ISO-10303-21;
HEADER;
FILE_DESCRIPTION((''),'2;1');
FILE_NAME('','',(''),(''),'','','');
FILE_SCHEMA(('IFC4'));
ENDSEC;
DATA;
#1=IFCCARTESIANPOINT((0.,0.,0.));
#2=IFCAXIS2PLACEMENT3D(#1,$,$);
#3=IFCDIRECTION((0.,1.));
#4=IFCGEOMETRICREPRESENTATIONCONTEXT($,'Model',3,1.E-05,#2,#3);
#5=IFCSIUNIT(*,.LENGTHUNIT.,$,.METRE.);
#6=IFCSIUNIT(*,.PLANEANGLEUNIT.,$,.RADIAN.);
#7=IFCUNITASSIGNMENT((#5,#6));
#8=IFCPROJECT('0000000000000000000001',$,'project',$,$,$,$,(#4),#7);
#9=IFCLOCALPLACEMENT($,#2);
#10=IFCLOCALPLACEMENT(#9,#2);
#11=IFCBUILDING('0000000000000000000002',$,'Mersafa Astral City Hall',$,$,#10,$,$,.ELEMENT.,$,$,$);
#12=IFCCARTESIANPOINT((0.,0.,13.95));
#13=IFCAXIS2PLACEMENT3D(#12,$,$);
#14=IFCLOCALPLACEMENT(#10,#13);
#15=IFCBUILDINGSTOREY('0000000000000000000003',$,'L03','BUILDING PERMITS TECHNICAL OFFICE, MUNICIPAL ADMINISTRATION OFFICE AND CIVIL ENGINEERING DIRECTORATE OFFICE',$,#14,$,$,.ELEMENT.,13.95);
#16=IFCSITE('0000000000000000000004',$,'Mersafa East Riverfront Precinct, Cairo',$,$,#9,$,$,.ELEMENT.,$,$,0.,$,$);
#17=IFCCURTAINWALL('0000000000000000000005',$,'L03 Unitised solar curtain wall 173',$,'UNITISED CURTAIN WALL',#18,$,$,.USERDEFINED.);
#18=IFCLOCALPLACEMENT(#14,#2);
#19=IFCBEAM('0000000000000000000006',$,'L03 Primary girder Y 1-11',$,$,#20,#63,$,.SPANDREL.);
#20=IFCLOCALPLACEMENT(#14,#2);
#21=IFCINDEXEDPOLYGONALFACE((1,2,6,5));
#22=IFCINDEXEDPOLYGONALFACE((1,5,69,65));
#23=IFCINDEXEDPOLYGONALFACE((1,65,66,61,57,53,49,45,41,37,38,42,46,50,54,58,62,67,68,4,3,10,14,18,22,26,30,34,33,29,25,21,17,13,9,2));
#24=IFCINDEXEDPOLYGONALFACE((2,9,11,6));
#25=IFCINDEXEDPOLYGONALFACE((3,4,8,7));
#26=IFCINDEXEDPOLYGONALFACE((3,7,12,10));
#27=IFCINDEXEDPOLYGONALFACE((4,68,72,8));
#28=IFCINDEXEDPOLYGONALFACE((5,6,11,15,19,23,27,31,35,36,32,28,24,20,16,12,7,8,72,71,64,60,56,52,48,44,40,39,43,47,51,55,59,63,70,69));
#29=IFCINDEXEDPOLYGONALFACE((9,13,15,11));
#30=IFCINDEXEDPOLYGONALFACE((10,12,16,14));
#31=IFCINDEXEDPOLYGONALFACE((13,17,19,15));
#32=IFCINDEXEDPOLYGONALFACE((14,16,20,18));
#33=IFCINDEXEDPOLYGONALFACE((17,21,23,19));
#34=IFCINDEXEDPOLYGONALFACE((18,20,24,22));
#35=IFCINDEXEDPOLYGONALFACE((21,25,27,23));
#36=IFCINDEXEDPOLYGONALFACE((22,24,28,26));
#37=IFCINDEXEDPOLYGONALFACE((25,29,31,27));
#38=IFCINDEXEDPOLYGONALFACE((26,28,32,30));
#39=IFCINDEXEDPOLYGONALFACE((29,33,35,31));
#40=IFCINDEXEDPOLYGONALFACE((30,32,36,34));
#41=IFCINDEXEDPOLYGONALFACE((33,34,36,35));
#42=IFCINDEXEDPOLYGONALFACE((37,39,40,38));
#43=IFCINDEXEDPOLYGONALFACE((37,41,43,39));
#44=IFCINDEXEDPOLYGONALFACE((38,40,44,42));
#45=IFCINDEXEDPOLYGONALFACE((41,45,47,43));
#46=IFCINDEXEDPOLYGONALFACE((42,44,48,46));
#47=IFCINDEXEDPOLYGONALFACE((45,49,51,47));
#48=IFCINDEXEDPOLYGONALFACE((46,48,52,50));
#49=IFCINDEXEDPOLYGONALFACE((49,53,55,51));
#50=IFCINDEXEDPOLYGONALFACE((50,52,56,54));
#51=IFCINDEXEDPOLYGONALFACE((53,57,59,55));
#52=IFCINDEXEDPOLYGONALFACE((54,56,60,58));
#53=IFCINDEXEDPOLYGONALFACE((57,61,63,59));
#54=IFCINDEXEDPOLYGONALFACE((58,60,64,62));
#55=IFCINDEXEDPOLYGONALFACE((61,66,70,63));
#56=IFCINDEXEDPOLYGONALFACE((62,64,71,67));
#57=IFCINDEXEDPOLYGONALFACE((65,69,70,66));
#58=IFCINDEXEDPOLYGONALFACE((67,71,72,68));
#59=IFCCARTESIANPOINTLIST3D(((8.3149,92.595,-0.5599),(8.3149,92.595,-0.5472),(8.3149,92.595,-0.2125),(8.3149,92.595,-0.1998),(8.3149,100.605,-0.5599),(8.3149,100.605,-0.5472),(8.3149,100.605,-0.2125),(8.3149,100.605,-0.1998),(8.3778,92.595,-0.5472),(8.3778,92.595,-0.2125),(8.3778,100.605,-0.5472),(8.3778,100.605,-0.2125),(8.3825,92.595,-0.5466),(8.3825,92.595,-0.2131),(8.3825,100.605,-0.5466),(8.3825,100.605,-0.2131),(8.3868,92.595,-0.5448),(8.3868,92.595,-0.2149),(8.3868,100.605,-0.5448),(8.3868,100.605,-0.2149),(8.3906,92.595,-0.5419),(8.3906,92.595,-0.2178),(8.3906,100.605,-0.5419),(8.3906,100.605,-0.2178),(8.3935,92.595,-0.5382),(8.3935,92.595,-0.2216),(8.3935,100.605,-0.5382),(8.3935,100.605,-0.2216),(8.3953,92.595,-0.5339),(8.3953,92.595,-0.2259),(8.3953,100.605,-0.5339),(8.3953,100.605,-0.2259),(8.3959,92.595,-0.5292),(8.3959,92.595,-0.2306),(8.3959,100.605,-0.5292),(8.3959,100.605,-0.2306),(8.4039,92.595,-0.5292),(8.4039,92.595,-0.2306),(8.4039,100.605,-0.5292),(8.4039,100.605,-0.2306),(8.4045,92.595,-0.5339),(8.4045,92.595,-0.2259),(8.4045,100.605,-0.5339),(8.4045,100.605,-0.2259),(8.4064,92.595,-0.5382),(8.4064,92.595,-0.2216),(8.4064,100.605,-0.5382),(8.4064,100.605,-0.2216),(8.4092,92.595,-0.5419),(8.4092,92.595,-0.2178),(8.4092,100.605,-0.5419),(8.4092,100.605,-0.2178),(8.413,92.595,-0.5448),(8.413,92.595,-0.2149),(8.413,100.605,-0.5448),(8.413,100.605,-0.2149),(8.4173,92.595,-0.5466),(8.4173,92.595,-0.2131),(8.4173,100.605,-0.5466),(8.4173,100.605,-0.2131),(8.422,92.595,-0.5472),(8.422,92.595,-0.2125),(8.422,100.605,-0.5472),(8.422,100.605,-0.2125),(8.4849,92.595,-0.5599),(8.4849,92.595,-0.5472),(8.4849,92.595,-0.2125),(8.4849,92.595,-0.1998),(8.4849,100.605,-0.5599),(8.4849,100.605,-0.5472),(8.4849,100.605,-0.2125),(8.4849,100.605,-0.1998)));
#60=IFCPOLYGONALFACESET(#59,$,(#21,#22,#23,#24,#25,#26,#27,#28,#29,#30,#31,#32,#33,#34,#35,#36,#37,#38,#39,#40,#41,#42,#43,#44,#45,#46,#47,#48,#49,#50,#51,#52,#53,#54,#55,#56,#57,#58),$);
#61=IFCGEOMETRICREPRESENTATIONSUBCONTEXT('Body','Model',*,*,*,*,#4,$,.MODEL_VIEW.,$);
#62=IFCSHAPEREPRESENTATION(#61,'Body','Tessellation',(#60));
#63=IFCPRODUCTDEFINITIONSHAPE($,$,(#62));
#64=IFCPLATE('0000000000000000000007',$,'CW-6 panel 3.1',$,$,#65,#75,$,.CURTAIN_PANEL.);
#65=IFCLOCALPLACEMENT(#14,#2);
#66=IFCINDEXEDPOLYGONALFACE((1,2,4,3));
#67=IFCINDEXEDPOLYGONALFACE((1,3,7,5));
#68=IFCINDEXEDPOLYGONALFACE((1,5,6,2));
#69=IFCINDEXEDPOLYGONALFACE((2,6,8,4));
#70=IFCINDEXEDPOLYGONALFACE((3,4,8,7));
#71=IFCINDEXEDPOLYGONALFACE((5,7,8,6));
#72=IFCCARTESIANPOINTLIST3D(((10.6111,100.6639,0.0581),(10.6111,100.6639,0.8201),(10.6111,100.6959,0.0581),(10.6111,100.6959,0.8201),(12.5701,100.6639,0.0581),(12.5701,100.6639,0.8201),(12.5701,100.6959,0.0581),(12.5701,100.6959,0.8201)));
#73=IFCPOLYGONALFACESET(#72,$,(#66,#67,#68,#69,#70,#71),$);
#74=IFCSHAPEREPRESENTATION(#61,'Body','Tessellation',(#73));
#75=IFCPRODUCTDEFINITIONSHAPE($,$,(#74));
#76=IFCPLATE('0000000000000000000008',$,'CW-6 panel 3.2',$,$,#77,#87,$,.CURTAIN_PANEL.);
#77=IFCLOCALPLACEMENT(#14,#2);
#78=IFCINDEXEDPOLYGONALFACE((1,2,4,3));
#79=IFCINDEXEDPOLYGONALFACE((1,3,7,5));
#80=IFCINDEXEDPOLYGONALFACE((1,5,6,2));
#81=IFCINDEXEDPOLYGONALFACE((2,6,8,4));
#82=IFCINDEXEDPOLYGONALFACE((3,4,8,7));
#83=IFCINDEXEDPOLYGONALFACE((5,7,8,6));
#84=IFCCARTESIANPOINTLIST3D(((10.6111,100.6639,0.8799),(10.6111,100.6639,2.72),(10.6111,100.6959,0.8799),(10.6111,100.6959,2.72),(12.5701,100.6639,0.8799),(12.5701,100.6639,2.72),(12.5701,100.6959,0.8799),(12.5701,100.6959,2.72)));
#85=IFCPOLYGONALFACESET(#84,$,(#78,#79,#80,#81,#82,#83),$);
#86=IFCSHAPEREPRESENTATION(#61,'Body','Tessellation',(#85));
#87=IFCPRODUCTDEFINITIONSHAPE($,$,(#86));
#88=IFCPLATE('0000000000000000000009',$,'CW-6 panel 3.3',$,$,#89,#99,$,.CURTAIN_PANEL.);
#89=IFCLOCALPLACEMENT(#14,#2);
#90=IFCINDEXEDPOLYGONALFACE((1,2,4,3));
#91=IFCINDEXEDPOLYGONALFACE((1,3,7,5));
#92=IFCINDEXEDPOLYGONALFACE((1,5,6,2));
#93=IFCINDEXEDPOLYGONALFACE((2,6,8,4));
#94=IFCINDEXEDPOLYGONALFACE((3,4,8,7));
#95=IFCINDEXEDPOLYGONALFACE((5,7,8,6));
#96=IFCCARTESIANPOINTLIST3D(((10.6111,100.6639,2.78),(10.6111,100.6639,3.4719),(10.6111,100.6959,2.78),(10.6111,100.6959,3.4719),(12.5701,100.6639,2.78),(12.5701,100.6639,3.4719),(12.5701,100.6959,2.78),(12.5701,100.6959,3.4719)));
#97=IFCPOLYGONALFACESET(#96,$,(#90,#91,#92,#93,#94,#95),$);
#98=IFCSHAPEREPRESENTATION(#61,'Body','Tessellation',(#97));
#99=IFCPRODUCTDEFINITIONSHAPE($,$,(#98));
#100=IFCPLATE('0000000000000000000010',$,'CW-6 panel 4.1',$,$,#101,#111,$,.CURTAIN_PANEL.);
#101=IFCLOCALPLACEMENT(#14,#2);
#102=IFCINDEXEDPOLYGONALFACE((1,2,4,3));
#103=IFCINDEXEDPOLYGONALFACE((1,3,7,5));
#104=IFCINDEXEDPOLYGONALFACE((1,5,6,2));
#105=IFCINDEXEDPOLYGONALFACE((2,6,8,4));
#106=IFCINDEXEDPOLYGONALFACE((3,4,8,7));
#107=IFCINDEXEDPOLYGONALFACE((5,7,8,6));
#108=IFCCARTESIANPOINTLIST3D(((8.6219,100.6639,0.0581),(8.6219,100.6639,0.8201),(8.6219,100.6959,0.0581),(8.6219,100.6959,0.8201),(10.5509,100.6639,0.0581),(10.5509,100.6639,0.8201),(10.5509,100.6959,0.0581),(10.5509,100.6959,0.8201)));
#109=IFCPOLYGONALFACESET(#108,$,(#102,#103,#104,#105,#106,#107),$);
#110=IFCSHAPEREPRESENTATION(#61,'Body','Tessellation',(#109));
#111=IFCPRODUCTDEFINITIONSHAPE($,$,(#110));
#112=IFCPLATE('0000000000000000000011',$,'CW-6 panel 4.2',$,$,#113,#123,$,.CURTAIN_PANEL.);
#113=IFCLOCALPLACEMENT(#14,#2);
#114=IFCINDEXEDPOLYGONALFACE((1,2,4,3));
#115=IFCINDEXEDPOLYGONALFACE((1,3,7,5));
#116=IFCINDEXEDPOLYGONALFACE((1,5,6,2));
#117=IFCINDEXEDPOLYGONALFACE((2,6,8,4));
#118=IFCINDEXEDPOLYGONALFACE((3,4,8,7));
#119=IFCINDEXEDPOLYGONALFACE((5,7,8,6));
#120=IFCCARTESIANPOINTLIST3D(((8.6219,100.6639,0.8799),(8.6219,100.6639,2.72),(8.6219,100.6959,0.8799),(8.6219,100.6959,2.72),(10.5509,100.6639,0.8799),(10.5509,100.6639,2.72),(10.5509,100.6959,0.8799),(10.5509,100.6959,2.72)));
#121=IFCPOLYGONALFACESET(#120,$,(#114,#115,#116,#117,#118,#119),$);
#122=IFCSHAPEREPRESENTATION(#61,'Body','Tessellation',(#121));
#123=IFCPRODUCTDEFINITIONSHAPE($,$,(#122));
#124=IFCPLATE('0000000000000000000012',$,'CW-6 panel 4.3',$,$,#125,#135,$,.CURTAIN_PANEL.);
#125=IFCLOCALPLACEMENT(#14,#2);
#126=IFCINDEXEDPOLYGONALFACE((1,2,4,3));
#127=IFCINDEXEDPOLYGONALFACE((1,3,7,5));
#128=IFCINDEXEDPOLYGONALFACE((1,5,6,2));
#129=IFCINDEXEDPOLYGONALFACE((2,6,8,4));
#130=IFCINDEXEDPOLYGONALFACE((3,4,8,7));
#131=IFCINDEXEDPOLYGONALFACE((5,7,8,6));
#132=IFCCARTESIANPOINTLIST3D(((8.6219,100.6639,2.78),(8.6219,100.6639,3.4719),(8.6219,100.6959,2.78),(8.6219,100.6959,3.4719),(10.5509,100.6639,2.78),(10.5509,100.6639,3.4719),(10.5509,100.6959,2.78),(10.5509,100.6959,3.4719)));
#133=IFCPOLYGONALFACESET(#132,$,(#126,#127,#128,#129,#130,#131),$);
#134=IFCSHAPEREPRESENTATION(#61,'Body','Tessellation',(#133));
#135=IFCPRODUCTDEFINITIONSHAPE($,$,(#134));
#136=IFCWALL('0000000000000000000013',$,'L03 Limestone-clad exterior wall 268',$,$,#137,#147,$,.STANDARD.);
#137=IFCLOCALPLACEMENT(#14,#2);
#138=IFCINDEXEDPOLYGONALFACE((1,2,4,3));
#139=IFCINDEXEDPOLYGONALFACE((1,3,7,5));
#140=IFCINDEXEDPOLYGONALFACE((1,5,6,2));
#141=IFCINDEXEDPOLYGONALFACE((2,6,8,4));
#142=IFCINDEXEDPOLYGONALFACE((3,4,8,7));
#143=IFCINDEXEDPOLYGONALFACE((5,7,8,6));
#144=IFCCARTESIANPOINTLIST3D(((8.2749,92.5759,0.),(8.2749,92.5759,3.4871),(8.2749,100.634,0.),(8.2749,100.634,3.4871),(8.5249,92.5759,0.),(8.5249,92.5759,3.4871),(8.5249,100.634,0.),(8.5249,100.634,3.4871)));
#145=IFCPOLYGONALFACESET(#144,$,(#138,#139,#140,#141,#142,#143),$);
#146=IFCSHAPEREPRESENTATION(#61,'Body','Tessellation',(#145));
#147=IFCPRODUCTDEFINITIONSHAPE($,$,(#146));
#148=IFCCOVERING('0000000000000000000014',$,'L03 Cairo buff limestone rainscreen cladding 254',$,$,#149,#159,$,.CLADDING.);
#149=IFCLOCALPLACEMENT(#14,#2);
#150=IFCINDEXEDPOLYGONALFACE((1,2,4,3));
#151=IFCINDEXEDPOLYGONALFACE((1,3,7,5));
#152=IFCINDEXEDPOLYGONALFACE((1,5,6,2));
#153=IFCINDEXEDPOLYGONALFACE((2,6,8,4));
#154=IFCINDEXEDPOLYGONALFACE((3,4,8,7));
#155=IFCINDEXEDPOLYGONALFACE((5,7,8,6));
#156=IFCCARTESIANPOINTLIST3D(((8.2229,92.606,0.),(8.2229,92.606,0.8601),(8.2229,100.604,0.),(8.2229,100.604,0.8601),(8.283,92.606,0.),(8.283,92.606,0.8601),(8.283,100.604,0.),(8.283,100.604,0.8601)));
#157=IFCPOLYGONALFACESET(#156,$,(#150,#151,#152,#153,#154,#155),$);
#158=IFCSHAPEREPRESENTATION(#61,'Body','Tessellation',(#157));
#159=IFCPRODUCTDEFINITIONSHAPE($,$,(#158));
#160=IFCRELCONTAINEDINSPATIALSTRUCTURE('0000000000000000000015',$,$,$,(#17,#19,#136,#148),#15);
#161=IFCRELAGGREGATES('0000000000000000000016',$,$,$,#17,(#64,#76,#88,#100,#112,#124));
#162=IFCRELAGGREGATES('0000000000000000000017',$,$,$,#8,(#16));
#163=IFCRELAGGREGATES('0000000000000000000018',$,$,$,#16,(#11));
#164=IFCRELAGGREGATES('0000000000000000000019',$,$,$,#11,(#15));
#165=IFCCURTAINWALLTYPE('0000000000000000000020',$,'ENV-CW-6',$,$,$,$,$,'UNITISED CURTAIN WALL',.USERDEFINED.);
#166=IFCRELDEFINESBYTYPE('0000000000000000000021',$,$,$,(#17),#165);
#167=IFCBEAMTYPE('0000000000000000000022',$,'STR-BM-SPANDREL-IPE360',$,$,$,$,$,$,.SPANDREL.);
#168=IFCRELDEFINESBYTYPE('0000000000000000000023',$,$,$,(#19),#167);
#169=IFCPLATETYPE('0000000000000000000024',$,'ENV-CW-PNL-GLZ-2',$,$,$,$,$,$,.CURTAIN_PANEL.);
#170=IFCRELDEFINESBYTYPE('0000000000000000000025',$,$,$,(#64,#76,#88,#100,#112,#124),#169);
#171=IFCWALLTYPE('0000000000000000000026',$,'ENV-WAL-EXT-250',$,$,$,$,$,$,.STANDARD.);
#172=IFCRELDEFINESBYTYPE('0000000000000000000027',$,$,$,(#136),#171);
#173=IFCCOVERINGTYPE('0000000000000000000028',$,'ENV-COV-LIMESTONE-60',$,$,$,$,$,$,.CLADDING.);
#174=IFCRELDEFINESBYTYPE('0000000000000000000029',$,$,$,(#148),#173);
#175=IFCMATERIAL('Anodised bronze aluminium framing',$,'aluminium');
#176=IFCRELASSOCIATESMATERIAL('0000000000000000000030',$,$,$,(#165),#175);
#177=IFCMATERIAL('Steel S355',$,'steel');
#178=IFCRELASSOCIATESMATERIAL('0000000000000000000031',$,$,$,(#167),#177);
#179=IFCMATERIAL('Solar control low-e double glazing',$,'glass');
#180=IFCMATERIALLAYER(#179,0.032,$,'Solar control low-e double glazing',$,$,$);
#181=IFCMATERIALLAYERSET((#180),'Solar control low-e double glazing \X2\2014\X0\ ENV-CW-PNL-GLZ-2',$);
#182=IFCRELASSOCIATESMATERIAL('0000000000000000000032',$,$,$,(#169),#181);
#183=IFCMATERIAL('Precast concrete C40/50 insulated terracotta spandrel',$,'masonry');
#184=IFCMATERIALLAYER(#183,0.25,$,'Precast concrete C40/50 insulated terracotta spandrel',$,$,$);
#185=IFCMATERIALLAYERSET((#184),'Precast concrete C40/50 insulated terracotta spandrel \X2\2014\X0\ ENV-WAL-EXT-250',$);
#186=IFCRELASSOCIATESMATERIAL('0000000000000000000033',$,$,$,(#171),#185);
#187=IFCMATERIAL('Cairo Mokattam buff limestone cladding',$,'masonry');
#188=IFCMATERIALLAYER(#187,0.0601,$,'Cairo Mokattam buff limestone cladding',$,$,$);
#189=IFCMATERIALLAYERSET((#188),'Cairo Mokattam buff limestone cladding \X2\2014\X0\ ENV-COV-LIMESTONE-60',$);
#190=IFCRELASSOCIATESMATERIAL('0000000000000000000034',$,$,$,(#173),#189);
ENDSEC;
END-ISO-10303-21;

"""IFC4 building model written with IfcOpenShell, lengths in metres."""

from ifc_helpers import new_model, si_unit, direction, frame, frame_2d, origin, origin_2d, place, context, subcontext, project, spatial, rectangle, i_section, extrude, material, layer, layer_set, material_profile, profile_set, type_object, element, aggregate, save


model = new_model("IFC4")

# Units and contexts
model_context = context("Model", 3, precision=1e-05, world=origin(), true_north=direction((0.0, 1.0)))
body_context = subcontext(model_context, "Body", "Model", "MODEL_VIEW")
ifc_project = project(units=[si_unit("LENGTHUNIT", "METRE"), si_unit("PLANEANGLEUNIT", "RADIAN")], contexts=[model_context])

# Site, building, storey
site_placement = place(None, origin())
site = spatial("IfcSite", under=ifc_project, at=site_placement, Name="Mersafa East Riverfront Precinct, Cairo", CompositionType="ELEMENT", RefElevation=0.0)
building_placement = place(site_placement, origin())
building = spatial("IfcBuilding", under=site, at=building_placement, Name="Mersafa Astral City Hall", CompositionType="ELEMENT")
storey_placement = place(building_placement, frame((0.0, 0.0, 13.95)))
storey = spatial("IfcBuildingStorey", under=building, at=storey_placement, Name="L03", Description="BUILDING PERMITS TECHNICAL OFFICE, MUNICIPAL ADMINISTRATION OFFICE AND CIVIL ENGINEERING DIRECTORATE OFFICE", CompositionType="ELEMENT", Elevation=13.95)

# Curtain wall
ifc_material_1 = material(Name="Anodised bronze aluminium framing", Category="aluminium")
curtain_wall_type = type_object("IfcCurtainWallType", Name="ENV-CW-6", ElementType="UNITISED CURTAIN WALL", PredefinedType="USERDEFINED", material=ifc_material_1)
curtain_wall_placement = place(storey_placement, origin())
curtain_wall = element("IfcCurtainWall", 1, at=curtain_wall_placement, inside=storey, type_object=curtain_wall_type, Name="L03 Unitised solar curtain wall 173", ObjectType="UNITISED CURTAIN WALL", PredefinedType="USERDEFINED")

# Beam
ifc_material_2 = material(Name="Steel S355", Category="steel")
ifc_material_profile_1 = material_profile(ifc_material_2, i_section(OverallWidth=0.1699, OverallDepth=0.3601, WebThickness=0.0081, FlangeThickness=0.0127, FilletRadius=0.0181, at=origin_2d()), Name="IPE 360")
ifc_profile_set_1 = profile_set([ifc_material_profile_1], Name="Steel S355")
beam_type = type_object("IfcBeamType", Name="STR-BM-SPANDREL-IPE360", PredefinedType="SPANDREL", material=ifc_profile_set_1)
beam_placement = place(storey_placement, frame((8.3999, 92.595, -0.3799), z_axis=(0.0, 1.0, 0.0), x_axis=(-1.0, 0.0, 0.0)))
element("IfcBeam", 2, at=beam_placement, inside=storey, type_object=beam_type, Name="L03 Primary girder Y 1-11", PredefinedType="SPANDREL", context=body_context, shape_type="SweptSolid", body=[
    extrude(i_section(OverallWidth=0.1699, OverallDepth=0.3601, WebThickness=0.0081, FlangeThickness=0.0127, FilletRadius=0.0181, at=origin_2d()), origin(), (0.0, 0.0, 1.0), 8.01),
])

# Plates
ifc_material_3 = material(Name="Solar control low-e double glazing", Category="glass")
ifc_layer_1 = layer(ifc_material_3, 0.032, Name="Solar control low-e double glazing")
ifc_layer_set_1 = layer_set([ifc_layer_1], Name="Solar control low-e double glazing — ENV-CW-PNL-GLZ-2")
plate_type = type_object("IfcPlateType", Name="ENV-CW-PNL-GLZ-2", PredefinedType="CURTAIN_PANEL", material=ifc_layer_set_1)
plate_1_placement = place(storey_placement, frame((11.5906, 100.6799, 0.0581), z_axis=(0.0, 0.0, 1.0), x_axis=(-1.0, 0.0, 0.0)))
plate_1 = element("IfcPlate", 3, at=plate_1_placement, type_object=plate_type, Name="CW-6 panel 3.1", PredefinedType="CURTAIN_PANEL", context=body_context, shape_type="SweptSolid", body=[
    extrude(rectangle(XDim=1.959, YDim=0.032, at=origin_2d()), origin(), (0.0, 0.0, 1.0), 0.762),
])
plate_2_placement = place(storey_placement, frame((11.5906, 100.6799, 0.8799), z_axis=(0.0, 0.0, 1.0), x_axis=(-1.0, 0.0, 0.0)))
plate_2 = element("IfcPlate", 4, at=plate_2_placement, type_object=plate_type, Name="CW-6 panel 3.2", PredefinedType="CURTAIN_PANEL", context=body_context, shape_type="SweptSolid", body=[
    extrude(rectangle(XDim=1.959, YDim=0.032, at=origin_2d()), origin(), (0.0, 0.0, 1.0), 1.8401),
])
plate_3_placement = place(storey_placement, frame((11.5906, 100.6799, 2.78), z_axis=(0.0, 0.0, 1.0), x_axis=(-1.0, 0.0, 0.0)))
plate_3 = element("IfcPlate", 5, at=plate_3_placement, type_object=plate_type, Name="CW-6 panel 3.3", PredefinedType="CURTAIN_PANEL", context=body_context, shape_type="SweptSolid", body=[
    extrude(rectangle(XDim=1.959, YDim=0.032, at=origin_2d()), origin(), (0.0, 0.0, 1.0), 0.6919),
])
plate_4_placement = place(storey_placement, frame((9.5864, 100.6799, 0.0581), z_axis=(0.0, 0.0, 1.0), x_axis=(-1.0, 0.0, 0.0)))
plate_4 = element("IfcPlate", 6, at=plate_4_placement, type_object=plate_type, Name="CW-6 panel 4.1", PredefinedType="CURTAIN_PANEL", context=body_context, shape_type="SweptSolid", body=[
    extrude(rectangle(XDim=1.929, YDim=0.032, at=origin_2d()), origin(), (0.0, 0.0, 1.0), 0.762),
])
plate_5_placement = place(storey_placement, frame((9.5864, 100.6799, 0.8799), z_axis=(0.0, 0.0, 1.0), x_axis=(-1.0, 0.0, 0.0)))
plate_5 = element("IfcPlate", 7, at=plate_5_placement, type_object=plate_type, Name="CW-6 panel 4.2", PredefinedType="CURTAIN_PANEL", context=body_context, shape_type="SweptSolid", body=[
    extrude(rectangle(XDim=1.929, YDim=0.032, at=origin_2d()), origin(), (0.0, 0.0, 1.0), 1.8401),
])
plate_6_placement = place(storey_placement, frame((9.5864, 100.6799, 2.78), z_axis=(0.0, 0.0, 1.0), x_axis=(-1.0, 0.0, 0.0)))
plate_6 = element("IfcPlate", 8, at=plate_6_placement, type_object=plate_type, Name="CW-6 panel 4.3", PredefinedType="CURTAIN_PANEL", context=body_context, shape_type="SweptSolid", body=[
    extrude(rectangle(XDim=1.929, YDim=0.032, at=origin_2d()), origin(), (0.0, 0.0, 1.0), 0.6919),
])
aggregate(curtain_wall, [plate_1, plate_2, plate_3, plate_4, plate_5, plate_6])

# Wall
ifc_material_4 = material(Name="Precast concrete C40/50 insulated terracotta spandrel", Category="masonry")
ifc_layer_2 = layer(ifc_material_4, 0.25, Name="Precast concrete C40/50 insulated terracotta spandrel")
ifc_layer_set_2 = layer_set([ifc_layer_2], Name="Precast concrete C40/50 insulated terracotta spandrel — ENV-WAL-EXT-250")
wall_type = type_object("IfcWallType", Name="ENV-WAL-EXT-250", PredefinedType="STANDARD", material=ifc_layer_set_2)
wall_placement = place(storey_placement, frame((8.3999, 100.634, 0.0), z_axis=(0.0, 0.0, 1.0), x_axis=(0.0, -1.0, 0.0)))
element("IfcWall", 9, at=wall_placement, inside=storey, type_object=wall_type, Name="L03 Limestone-clad exterior wall 268", PredefinedType="STANDARD", context=body_context, shape_type="SweptSolid", body=[
    extrude(rectangle(XDim=8.0581, YDim=0.25, at=frame_2d((4.0291, 0.0))), origin(), (0.0, 0.0, 1.0), 3.4871),
])

# Covering
ifc_material_5 = material(Name="Cairo Mokattam buff limestone cladding", Category="masonry")
ifc_layer_3 = layer(ifc_material_5, 0.0601, Name="Cairo Mokattam buff limestone cladding")
ifc_layer_set_3 = layer_set([ifc_layer_3], Name="Cairo Mokattam buff limestone cladding — ENV-COV-LIMESTONE-60")
covering_type = type_object("IfcCoveringType", Name="ENV-COV-LIMESTONE-60", PredefinedType="CLADDING", material=ifc_layer_set_3)
covering_placement = place(storey_placement, frame((8.2529, 96.605, 0.0), z_axis=(0.0, 0.0, 1.0), x_axis=(0.0, -1.0, 0.0)))
element("IfcCovering", 10, at=covering_placement, inside=storey, type_object=covering_type, Name="L03 Cairo buff limestone rainscreen cladding 254", PredefinedType="CLADDING", context=body_context, shape_type="SweptSolid", body=[
    extrude(rectangle(XDim=7.998, YDim=0.0601, at=origin_2d()), origin(), (0.0, 0.0, 1.0), 0.8601),
])

save(model, "model.ifc")
